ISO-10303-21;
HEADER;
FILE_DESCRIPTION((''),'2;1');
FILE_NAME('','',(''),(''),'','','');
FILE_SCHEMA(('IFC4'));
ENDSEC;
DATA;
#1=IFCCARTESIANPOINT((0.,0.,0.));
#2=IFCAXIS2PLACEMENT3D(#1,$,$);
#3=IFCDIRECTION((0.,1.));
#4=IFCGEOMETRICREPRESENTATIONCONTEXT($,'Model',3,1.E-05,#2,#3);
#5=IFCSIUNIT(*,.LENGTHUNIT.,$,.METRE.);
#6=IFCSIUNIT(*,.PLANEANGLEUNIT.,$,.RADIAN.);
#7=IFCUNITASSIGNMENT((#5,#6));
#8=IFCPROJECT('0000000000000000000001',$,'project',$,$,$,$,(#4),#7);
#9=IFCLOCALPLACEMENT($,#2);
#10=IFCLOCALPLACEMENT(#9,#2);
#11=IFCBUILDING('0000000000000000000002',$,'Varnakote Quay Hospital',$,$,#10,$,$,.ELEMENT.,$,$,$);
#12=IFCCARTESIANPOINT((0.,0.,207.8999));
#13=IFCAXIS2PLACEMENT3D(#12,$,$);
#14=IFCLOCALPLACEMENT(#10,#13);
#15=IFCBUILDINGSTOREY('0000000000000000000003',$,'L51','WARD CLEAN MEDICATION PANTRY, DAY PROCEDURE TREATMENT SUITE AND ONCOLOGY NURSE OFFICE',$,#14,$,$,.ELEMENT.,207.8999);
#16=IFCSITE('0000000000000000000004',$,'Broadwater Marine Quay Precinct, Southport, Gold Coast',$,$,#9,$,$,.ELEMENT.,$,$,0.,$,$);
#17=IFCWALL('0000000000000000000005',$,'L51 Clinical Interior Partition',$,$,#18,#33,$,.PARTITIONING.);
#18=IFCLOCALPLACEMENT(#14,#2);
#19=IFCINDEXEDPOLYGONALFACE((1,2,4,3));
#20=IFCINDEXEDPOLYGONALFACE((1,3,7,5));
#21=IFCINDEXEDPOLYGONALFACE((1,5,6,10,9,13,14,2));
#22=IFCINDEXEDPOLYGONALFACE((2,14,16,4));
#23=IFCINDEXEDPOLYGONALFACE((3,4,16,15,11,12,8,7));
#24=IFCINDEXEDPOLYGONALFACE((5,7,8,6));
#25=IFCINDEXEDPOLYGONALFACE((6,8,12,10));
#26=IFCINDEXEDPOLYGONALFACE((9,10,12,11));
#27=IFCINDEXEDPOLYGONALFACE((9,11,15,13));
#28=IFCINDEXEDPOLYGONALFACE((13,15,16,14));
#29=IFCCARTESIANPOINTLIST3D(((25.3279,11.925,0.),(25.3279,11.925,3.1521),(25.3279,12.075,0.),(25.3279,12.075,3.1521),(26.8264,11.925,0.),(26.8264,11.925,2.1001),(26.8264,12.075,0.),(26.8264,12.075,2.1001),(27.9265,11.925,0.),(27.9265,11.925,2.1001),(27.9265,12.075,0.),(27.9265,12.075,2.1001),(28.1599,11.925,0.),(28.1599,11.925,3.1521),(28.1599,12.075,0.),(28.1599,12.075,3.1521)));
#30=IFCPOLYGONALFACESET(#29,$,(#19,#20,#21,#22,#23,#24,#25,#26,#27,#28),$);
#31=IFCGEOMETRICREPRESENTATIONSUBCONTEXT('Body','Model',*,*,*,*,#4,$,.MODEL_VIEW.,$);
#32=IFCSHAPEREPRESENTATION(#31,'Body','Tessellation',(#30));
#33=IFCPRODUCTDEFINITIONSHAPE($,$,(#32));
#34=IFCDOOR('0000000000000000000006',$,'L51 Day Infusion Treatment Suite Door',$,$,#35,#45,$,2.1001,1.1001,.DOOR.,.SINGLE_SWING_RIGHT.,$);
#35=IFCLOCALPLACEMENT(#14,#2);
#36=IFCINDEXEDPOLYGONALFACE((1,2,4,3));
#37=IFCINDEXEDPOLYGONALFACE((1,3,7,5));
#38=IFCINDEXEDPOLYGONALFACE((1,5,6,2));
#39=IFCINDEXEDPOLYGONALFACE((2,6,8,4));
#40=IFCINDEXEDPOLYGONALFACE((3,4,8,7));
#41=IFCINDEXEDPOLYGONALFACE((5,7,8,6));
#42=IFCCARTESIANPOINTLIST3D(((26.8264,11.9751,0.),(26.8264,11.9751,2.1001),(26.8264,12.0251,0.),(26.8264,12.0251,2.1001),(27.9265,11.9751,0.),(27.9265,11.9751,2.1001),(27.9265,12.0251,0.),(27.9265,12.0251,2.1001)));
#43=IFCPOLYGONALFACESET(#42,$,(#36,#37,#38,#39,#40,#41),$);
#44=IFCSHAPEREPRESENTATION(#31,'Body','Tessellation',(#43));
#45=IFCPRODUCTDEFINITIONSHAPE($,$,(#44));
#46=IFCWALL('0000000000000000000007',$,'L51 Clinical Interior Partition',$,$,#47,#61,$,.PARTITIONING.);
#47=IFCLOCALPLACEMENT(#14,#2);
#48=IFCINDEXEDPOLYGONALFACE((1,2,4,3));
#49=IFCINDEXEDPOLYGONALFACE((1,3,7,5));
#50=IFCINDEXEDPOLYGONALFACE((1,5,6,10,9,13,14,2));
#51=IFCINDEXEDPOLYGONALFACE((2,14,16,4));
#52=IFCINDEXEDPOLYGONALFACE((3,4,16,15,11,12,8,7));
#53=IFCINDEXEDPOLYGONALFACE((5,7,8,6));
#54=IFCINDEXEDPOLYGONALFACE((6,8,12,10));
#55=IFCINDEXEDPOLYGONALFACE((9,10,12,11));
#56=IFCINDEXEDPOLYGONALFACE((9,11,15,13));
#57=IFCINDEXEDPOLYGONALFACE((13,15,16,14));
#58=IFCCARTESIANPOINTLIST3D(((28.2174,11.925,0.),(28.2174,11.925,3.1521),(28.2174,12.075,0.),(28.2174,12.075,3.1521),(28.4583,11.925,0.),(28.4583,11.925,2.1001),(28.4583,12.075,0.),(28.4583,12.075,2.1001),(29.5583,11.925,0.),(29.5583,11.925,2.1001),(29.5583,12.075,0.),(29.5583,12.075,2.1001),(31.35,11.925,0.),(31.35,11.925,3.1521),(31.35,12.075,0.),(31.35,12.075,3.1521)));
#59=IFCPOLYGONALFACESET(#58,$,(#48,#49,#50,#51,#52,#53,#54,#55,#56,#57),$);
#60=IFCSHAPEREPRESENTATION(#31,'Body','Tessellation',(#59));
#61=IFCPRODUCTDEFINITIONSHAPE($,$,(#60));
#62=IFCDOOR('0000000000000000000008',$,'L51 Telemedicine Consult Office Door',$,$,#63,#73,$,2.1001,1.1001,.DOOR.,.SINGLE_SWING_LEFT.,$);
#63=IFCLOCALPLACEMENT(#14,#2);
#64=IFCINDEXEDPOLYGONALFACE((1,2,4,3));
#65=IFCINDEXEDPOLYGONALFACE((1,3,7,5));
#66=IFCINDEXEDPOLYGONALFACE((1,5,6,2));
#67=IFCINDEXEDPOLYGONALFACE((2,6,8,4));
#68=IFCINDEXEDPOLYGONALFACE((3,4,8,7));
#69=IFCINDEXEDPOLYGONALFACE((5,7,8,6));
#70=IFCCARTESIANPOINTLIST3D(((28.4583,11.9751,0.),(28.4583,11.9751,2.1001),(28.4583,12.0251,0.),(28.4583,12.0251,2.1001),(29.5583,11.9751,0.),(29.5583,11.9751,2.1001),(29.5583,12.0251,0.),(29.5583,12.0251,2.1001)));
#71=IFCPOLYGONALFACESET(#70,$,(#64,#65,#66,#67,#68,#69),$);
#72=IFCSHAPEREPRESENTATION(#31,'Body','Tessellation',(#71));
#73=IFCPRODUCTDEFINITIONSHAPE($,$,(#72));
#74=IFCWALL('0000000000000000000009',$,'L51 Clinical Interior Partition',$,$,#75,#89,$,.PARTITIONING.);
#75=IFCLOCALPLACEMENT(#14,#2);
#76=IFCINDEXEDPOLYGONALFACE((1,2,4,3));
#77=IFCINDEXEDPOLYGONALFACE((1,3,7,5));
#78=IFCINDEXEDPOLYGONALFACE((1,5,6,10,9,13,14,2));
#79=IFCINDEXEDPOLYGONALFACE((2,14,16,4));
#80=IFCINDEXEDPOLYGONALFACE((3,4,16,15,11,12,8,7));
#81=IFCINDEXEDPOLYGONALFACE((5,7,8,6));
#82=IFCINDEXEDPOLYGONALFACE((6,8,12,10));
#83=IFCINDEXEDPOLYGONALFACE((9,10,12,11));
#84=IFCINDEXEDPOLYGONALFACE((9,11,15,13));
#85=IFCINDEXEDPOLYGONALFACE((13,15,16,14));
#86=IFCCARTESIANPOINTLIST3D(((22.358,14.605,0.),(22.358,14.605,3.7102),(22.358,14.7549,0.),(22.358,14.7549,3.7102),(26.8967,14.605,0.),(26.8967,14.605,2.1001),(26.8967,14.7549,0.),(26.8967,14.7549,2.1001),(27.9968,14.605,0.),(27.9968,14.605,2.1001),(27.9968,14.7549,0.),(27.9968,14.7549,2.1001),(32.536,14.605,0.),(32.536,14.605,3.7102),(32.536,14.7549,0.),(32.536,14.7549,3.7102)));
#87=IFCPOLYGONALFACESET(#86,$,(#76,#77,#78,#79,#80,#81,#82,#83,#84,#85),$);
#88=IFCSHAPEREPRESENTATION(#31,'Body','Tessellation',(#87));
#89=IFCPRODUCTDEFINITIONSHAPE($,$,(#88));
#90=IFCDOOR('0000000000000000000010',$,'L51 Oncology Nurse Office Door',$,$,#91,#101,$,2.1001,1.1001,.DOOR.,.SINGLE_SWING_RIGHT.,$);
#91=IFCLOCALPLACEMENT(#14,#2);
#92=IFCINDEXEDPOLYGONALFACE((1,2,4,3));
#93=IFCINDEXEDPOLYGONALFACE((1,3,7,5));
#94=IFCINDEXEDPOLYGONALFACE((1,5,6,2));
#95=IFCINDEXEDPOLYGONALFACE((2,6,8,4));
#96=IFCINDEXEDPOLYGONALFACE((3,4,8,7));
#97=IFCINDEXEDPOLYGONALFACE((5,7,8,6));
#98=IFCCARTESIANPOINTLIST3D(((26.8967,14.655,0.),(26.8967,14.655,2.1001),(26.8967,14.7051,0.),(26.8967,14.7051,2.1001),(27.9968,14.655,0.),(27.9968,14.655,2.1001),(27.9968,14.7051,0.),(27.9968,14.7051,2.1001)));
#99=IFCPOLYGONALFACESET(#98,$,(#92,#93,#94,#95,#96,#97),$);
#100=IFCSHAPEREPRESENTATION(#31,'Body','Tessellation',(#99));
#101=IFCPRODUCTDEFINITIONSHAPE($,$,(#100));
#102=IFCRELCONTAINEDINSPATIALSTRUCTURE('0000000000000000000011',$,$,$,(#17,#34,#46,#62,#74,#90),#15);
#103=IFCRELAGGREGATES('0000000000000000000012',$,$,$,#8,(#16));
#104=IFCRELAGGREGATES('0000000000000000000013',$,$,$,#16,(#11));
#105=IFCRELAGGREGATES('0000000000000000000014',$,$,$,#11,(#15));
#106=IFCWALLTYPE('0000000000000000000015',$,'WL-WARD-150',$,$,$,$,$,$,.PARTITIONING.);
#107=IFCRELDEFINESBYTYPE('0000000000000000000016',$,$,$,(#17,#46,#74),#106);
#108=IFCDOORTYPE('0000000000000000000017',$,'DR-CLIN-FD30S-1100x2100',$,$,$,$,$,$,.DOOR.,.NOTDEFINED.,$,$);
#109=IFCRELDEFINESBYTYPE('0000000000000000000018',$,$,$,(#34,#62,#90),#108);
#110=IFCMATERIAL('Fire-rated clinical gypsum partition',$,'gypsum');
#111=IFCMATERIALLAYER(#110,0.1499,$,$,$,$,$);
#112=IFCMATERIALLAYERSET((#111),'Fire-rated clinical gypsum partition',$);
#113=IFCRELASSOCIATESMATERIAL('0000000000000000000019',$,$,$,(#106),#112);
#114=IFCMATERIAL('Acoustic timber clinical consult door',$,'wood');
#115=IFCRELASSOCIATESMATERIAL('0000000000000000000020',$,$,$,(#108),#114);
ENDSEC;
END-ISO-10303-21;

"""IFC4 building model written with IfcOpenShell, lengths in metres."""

from ifc_helpers import new_model, si_unit, direction, frame, frame_2d, origin, place, context, subcontext, project, spatial, rectangle, extrude, material, layer, layer_set, type_object, element, fill, save


model = new_model("IFC4")

# Units and contexts
model_context = context("Model", 3, precision=1e-05, world=origin(), true_north=direction((0.0, 1.0)))
body_context = subcontext(model_context, "Body", "Model", "MODEL_VIEW")
ifc_project = project(units=[si_unit("LENGTHUNIT", "METRE"), si_unit("PLANEANGLEUNIT", "RADIAN")], contexts=[model_context])

# Site, building, storey
site_placement = place(None, origin())
site = spatial("IfcSite", under=ifc_project, at=site_placement, Name="Broadwater Marine Quay Precinct, Southport, Gold Coast", CompositionType="ELEMENT", RefElevation=0.0)
building_placement = place(site_placement, origin())
building = spatial("IfcBuilding", under=site, at=building_placement, Name="Varnakote Quay Hospital", CompositionType="ELEMENT")
storey_placement = place(building_placement, frame((0.0, 0.0, 207.8999)))
storey = spatial("IfcBuildingStorey", under=building, at=storey_placement, Name="L51", Description="WARD CLEAN MEDICATION PANTRY, DAY PROCEDURE TREATMENT SUITE AND ONCOLOGY NURSE OFFICE", CompositionType="ELEMENT", Elevation=207.8999)

# Walls, openings, doors
ifc_material_1 = material(Name="Fire-rated clinical gypsum partition", Category="gypsum")
ifc_layer_1 = layer(ifc_material_1, 0.1499)
ifc_layer_set_1 = layer_set([ifc_layer_1], Name="Fire-rated clinical gypsum partition")
wall_type_1 = type_object("IfcWallType", Name="WL-WARD-150", PredefinedType="PARTITIONING", material=ifc_layer_set_1)
wall_1_placement = place(storey_placement, frame((28.1599, 12.0, 0.0), z_axis=(0.0, 0.0, 1.0), x_axis=(-1.0, 0.0, 0.0)))
wall_1 = element("IfcWall", 1, at=wall_1_placement, inside=storey, type_object=wall_type_1, Name="L51 Clinical Interior Partition", PredefinedType="PARTITIONING", context=body_context, shape_type="SweptSolid", body=[
    extrude(rectangle(XDim=2.832, YDim=0.1499, at=frame_2d((1.416, 0.0))), origin(), (0.0, 0.0, 1.0), 3.1521),
])
opening_1_placement = place(wall_1_placement, frame((0.2334, 0.0, 0.0)))
opening_1 = element("IfcOpeningElement", 2, at=opening_1_placement, cuts=wall_1, PredefinedType="OPENING", context=body_context, shape_type="SweptSolid", body=[
    extrude(rectangle(XDim=1.1001, YDim=2.1001, at=frame_2d((0.55, 1.05))), frame((0.0, 0.085, 0.0), z_axis=(0.0, -1.0, 0.0), x_axis=(1.0, 0.0, 0.0)), (0.0, 0.0, 1.0), 0.1699),
])
ifc_material_2 = material(Name="Acoustic timber clinical consult door", Category="wood")
door_type = type_object("IfcDoorType", Name="DR-CLIN-FD30S-1100x2100", OperationType="NOTDEFINED", PredefinedType="DOOR", material=ifc_material_2)
door_1_placement = place(opening_1_placement, origin())
door_1 = element("IfcDoor", 3, at=door_1_placement, inside=storey, type_object=door_type, Name="L51 Day Infusion Treatment Suite Door", OperationType="SINGLE_SWING_RIGHT", OverallHeight=2.1001, OverallWidth=1.1001, PredefinedType="DOOR", context=body_context, shape_type="SweptSolid", body=[
    extrude(rectangle(XDim=1.1001, YDim=2.1001, at=frame_2d((0.55, 1.05))), frame((0.0, 0.0249, 0.0), z_axis=(0.0, -1.0, 0.0), x_axis=(1.0, 0.0, 0.0)), (0.0, 0.0, 1.0), 0.05),
])
fill(opening_1, door_1)
wall_2_placement = place(storey_placement, frame((31.3501, 12.0, 0.0), z_axis=(0.0, 0.0, 1.0), x_axis=(-1.0, 0.0, 0.0)))
wall_2 = element("IfcWall", 4, at=wall_2_placement, inside=storey, type_object=wall_type_1, Name="L51 Clinical Interior Partition", PredefinedType="PARTITIONING", context=body_context, shape_type="SweptSolid", body=[
    extrude(rectangle(XDim=3.1326, YDim=0.1499, at=frame_2d((1.5664, 0.0))), origin(), (0.0, 0.0, 1.0), 3.1521),
])
opening_2_placement = place(wall_2_placement, frame((1.7917, 0.0, 0.0)))
opening_2 = element("IfcOpeningElement", 5, at=opening_2_placement, cuts=wall_2, PredefinedType="OPENING", context=body_context, shape_type="SweptSolid", body=[
    extrude(rectangle(XDim=1.1001, YDim=2.1001, at=frame_2d((0.55, 1.05))), frame((0.0, 0.085, 0.0), z_axis=(0.0, -1.0, 0.0), x_axis=(1.0, 0.0, 0.0)), (0.0, 0.0, 1.0), 0.1699),
])
door_2_placement = place(opening_2_placement, origin())
door_2 = element("IfcDoor", 6, at=door_2_placement, inside=storey, type_object=door_type, Name="L51 Telemedicine Consult Office Door", OperationType="SINGLE_SWING_LEFT", OverallHeight=2.1001, OverallWidth=1.1001, PredefinedType="DOOR", context=body_context, shape_type="SweptSolid", body=[
    extrude(rectangle(XDim=1.1001, YDim=2.1001, at=frame_2d((0.55, 1.05))), frame((0.0, 0.0249, 0.0), z_axis=(0.0, -1.0, 0.0), x_axis=(1.0, 0.0, 0.0)), (0.0, 0.0, 1.0), 0.05),
])
fill(opening_2, door_2)
wall_3_placement = place(storey_placement, frame((32.5359, 14.6799, 0.0), z_axis=(0.0, 0.0, 1.0), x_axis=(-1.0, 0.0, 0.0)))
wall_3 = element("IfcWall", 7, at=wall_3_placement, inside=storey, type_object=wall_type_1, Name="L51 Clinical Interior Partition", PredefinedType="PARTITIONING", context=body_context, shape_type="SweptSolid", body=[
    extrude(rectangle(XDim=10.178, YDim=0.1499, at=frame_2d((5.0889, 0.0))), origin(), (0.0, 0.0, 1.0), 3.7102),
])
opening_3_placement = place(wall_3_placement, frame((4.5391, 0.0, 0.0)))
opening_3 = element("IfcOpeningElement", 8, at=opening_3_placement, cuts=wall_3, PredefinedType="OPENING", context=body_context, shape_type="SweptSolid", body=[
    extrude(rectangle(XDim=1.1001, YDim=2.1001, at=frame_2d((0.55, 1.05))), frame((0.0, 0.085, 0.0), z_axis=(0.0, -1.0, 0.0), x_axis=(1.0, 0.0, 0.0)), (0.0, 0.0, 1.0), 0.1699),
])
door_3_placement = place(opening_3_placement, origin())
door_3 = element("IfcDoor", 9, at=door_3_placement, inside=storey, type_object=door_type, Name="L51 Oncology Nurse Office Door", OperationType="SINGLE_SWING_RIGHT", OverallHeight=2.1001, OverallWidth=1.1001, PredefinedType="DOOR", context=body_context, shape_type="SweptSolid", body=[
    extrude(rectangle(XDim=1.1001, YDim=2.1001, at=frame_2d((0.55, 1.05))), frame((0.0, 0.0249, 0.0), z_axis=(0.0, -1.0, 0.0), x_axis=(1.0, 0.0, 0.0)), (0.0, 0.0, 1.0), 0.05),
])
fill(opening_3, door_3)

save(model, "model.ifc")
